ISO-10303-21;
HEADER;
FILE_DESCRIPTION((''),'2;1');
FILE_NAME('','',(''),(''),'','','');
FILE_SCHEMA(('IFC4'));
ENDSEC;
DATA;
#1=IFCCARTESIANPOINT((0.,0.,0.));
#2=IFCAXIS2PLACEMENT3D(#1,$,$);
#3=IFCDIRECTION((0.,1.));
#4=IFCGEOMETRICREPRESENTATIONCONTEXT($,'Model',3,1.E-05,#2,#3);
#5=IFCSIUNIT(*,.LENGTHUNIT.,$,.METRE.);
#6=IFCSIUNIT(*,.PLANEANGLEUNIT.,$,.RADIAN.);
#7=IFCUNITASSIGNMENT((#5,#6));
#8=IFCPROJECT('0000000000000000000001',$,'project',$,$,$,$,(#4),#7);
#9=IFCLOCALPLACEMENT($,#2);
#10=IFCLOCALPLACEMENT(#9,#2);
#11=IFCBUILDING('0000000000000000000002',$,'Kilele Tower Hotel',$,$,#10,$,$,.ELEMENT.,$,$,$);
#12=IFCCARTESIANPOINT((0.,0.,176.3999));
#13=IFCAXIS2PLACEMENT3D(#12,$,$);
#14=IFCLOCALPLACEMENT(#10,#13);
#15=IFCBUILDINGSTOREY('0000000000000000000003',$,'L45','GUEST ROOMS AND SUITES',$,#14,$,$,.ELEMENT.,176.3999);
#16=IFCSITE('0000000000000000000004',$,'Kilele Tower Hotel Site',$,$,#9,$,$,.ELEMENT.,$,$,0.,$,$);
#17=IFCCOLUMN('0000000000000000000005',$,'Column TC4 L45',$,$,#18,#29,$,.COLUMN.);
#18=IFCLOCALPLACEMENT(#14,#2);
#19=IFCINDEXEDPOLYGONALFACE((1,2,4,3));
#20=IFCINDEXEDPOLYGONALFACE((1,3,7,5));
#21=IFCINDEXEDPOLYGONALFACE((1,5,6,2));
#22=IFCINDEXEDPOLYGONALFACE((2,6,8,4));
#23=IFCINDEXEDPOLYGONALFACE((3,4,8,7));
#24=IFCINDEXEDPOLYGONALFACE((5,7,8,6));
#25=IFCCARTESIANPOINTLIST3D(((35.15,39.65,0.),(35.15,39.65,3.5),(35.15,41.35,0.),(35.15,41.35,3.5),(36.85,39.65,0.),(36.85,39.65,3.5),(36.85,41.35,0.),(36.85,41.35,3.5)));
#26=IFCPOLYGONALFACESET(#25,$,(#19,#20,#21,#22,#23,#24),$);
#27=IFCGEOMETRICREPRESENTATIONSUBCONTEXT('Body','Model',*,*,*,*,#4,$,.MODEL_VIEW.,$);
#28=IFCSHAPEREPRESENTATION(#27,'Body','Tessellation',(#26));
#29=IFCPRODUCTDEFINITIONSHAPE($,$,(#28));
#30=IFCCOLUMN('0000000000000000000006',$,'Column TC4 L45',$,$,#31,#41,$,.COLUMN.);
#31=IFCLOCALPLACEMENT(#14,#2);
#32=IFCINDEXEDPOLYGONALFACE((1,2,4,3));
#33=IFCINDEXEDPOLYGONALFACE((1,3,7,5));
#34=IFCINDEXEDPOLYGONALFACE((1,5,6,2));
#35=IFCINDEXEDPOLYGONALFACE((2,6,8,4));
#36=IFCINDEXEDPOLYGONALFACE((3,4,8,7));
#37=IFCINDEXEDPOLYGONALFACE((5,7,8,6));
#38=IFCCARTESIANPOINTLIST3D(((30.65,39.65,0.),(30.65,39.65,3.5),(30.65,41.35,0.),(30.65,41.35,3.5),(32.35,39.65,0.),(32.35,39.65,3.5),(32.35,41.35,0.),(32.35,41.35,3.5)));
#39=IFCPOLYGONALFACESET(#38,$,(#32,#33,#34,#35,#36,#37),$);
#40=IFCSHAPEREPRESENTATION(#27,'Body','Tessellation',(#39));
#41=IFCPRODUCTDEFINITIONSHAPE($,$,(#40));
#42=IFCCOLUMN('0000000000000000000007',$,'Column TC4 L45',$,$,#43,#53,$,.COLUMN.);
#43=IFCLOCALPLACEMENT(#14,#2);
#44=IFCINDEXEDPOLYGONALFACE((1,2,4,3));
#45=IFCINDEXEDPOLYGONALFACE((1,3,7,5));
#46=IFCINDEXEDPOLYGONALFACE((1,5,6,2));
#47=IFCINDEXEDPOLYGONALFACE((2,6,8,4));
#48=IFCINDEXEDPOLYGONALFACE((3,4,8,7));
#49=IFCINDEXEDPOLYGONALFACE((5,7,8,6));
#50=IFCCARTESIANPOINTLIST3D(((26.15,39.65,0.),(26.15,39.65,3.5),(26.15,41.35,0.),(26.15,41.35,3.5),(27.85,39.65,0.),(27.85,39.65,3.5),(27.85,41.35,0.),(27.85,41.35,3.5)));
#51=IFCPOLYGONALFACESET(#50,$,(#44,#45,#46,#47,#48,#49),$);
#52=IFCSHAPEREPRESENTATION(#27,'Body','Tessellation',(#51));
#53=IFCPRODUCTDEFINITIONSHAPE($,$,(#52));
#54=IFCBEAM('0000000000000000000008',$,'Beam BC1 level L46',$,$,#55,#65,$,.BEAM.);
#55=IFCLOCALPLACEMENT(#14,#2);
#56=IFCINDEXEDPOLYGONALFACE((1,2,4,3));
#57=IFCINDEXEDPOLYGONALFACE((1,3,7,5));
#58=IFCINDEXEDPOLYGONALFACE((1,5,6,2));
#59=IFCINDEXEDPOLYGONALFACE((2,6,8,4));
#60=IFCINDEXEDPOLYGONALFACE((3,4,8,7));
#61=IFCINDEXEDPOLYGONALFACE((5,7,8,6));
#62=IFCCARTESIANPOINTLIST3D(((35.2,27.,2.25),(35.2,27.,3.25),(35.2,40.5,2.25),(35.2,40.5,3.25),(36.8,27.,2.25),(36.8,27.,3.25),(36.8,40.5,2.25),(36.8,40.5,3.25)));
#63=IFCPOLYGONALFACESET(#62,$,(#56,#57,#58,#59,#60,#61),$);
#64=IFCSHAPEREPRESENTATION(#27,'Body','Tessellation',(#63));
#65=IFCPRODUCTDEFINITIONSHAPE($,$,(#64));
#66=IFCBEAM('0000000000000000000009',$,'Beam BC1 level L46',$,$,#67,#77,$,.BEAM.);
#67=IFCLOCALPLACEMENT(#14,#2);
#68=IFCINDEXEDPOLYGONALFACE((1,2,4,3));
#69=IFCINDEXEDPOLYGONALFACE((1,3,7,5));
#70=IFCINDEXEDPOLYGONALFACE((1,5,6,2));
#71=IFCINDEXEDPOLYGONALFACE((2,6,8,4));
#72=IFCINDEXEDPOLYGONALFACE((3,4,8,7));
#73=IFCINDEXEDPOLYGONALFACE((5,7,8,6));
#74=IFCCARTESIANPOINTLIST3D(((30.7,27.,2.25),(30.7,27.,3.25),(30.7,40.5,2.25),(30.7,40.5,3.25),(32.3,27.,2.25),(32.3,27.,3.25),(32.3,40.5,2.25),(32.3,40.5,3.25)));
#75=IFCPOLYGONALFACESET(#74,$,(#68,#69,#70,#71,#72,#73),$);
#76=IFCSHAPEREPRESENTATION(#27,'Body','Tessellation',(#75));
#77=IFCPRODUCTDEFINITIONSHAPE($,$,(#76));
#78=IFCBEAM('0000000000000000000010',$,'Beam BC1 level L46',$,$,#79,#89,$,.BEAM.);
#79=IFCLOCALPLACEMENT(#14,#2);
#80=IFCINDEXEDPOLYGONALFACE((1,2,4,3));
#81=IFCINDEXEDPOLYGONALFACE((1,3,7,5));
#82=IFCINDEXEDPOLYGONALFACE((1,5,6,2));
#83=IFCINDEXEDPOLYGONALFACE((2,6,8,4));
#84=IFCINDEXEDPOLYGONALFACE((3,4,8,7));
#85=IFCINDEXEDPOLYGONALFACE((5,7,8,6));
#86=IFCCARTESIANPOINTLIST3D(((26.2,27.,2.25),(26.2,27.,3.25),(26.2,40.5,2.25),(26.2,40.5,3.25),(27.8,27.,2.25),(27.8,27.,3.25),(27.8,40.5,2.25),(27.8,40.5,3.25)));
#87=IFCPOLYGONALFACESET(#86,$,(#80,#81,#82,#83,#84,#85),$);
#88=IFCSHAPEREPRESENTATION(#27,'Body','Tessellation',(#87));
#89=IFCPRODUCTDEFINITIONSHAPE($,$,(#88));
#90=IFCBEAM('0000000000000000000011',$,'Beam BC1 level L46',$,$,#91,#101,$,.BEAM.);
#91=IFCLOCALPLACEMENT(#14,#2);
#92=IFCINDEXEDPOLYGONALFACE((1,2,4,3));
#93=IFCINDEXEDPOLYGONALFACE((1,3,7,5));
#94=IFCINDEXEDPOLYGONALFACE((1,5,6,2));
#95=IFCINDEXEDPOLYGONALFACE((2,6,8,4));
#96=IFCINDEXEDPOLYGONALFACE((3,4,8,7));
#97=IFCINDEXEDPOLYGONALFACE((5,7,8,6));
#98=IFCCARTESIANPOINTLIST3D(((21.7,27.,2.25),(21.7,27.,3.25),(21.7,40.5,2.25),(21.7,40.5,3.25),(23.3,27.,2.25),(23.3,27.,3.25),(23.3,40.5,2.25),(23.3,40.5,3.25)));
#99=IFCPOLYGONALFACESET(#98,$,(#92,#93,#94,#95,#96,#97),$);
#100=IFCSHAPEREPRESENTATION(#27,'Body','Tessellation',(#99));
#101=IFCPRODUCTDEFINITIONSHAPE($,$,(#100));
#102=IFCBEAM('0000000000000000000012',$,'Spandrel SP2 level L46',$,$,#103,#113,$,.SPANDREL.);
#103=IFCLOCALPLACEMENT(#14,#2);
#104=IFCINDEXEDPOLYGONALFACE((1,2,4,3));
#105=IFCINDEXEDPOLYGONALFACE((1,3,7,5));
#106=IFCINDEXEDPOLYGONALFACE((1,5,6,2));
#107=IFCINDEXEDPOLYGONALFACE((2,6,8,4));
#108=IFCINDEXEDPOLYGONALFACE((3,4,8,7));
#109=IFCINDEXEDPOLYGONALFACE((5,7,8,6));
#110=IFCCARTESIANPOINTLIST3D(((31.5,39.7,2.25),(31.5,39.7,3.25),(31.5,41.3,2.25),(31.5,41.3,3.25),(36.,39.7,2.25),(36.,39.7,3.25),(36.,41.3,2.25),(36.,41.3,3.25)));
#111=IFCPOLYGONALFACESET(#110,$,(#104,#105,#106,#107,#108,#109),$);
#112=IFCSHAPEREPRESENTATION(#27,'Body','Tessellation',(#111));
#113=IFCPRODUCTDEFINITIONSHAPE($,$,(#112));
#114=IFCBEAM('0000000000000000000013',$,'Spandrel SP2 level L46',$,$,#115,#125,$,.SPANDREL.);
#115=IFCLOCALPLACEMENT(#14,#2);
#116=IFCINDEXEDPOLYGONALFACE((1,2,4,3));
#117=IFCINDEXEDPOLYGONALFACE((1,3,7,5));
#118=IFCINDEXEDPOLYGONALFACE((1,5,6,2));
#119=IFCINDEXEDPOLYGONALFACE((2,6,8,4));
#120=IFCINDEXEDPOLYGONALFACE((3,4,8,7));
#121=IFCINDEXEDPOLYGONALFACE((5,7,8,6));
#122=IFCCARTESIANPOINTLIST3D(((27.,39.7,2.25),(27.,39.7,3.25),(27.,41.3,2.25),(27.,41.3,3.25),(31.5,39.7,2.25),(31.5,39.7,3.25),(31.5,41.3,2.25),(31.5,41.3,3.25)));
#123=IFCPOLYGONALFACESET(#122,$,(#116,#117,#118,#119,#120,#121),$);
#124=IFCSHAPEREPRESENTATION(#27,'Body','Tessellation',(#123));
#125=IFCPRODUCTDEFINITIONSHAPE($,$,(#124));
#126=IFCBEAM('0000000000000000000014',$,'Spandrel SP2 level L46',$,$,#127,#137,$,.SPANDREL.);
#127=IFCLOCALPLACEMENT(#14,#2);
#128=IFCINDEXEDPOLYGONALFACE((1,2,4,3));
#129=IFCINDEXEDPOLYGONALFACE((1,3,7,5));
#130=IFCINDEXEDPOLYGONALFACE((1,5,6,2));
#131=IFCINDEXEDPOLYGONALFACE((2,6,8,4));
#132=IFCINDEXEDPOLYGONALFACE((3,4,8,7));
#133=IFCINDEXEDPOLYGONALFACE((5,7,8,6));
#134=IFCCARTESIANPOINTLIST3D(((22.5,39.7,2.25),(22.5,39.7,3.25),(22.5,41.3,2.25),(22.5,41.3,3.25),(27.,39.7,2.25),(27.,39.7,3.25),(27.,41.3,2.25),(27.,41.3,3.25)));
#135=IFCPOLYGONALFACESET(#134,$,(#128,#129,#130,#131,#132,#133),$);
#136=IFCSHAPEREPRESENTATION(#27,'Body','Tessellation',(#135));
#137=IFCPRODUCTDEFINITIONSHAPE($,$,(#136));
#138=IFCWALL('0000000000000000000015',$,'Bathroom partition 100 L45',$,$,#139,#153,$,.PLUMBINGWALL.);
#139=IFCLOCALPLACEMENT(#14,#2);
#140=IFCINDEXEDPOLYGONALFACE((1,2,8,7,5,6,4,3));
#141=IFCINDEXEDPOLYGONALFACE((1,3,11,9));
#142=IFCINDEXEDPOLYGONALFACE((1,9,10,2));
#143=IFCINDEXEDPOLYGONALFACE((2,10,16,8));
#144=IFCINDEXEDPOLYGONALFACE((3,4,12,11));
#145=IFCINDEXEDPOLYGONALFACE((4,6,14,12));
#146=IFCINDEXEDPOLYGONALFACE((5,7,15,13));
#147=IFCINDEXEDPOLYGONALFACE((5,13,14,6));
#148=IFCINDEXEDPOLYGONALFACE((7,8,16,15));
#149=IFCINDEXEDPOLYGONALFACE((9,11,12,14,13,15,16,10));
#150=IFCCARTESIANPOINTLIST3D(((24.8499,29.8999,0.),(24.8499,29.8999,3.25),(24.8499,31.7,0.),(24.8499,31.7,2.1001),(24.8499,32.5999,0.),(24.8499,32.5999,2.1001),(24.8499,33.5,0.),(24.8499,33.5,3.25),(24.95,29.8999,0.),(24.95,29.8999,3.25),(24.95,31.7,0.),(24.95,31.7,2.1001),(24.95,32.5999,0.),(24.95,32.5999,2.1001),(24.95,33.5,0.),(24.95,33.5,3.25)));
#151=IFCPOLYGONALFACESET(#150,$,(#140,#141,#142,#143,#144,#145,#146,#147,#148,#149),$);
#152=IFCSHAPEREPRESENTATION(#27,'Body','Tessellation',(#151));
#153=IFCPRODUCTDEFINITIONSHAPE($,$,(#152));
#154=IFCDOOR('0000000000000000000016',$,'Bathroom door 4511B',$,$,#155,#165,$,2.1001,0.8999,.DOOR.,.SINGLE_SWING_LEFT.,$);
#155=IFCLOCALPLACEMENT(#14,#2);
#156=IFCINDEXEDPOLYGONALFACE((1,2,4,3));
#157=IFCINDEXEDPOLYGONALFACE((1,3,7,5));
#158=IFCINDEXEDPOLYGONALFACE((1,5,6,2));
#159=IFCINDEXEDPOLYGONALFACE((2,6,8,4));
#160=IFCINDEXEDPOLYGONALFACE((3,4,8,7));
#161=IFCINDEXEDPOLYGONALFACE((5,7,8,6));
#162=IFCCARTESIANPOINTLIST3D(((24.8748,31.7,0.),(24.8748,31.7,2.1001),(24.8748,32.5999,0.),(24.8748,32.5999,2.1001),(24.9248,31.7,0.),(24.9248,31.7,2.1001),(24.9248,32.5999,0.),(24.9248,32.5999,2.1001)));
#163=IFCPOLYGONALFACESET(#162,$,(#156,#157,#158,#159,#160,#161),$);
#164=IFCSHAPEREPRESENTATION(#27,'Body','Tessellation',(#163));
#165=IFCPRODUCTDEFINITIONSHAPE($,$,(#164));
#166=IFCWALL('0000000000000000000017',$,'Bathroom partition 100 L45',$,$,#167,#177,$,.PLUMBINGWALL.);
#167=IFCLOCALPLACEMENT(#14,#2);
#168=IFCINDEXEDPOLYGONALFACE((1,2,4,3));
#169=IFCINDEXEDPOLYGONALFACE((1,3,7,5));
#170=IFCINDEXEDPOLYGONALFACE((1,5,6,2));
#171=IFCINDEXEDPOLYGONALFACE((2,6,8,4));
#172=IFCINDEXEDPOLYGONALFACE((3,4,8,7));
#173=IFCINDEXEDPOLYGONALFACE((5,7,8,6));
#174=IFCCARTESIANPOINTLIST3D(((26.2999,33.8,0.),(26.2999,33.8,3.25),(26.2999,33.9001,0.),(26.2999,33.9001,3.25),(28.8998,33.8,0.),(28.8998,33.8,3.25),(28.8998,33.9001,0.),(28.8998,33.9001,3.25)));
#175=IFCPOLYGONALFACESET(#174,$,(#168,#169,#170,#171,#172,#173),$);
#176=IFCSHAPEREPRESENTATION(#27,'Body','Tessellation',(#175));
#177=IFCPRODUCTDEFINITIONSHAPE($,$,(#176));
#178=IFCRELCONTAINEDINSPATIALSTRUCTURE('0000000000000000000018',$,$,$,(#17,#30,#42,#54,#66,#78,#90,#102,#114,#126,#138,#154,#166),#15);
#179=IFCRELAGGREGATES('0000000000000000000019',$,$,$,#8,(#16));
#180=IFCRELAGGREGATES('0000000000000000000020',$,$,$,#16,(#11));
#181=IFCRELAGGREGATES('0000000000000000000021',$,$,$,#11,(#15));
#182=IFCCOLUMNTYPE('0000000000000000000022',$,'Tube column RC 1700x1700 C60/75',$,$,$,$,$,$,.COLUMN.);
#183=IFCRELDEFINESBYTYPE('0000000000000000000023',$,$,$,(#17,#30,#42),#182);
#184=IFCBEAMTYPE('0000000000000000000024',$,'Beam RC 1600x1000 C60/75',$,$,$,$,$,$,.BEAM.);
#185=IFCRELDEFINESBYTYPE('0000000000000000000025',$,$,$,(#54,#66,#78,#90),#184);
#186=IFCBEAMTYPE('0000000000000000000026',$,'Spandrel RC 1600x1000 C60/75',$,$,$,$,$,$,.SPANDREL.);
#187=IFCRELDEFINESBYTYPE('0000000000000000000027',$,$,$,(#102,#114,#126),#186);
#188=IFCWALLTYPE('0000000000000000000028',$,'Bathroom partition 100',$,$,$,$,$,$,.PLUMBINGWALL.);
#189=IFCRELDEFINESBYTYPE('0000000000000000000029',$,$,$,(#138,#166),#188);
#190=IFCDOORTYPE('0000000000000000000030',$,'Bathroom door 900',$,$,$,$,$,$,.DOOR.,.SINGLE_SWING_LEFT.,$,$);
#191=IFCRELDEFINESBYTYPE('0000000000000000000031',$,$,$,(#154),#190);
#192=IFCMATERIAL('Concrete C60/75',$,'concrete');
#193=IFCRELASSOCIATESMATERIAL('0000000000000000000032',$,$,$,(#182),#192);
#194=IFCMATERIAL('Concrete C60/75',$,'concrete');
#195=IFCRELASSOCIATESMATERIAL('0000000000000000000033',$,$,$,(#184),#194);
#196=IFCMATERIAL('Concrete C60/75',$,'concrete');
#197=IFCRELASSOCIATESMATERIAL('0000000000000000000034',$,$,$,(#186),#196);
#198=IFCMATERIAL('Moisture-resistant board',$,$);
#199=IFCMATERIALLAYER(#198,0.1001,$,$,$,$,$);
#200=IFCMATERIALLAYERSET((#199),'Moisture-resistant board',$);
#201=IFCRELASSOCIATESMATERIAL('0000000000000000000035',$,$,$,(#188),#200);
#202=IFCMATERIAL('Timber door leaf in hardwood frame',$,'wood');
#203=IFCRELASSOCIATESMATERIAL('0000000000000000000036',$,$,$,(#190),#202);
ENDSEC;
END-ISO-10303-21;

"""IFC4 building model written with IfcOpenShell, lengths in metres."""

from ifc_helpers import new_model, si_unit, direction, frame, frame_2d, origin, origin_2d, place, context, subcontext, project, spatial, rectangle, extrude, material, layer, layer_set, material_profile, profile_set, type_object, element, fill, save


model = new_model("IFC4")

# Units and contexts
model_context = context("Model", 3, precision=1e-05, world=origin(), true_north=direction((0.0, 1.0)))
body_context = subcontext(model_context, "Body", "Model", "MODEL_VIEW")
ifc_project = project(units=[si_unit("LENGTHUNIT", "METRE"), si_unit("PLANEANGLEUNIT", "RADIAN")], contexts=[model_context])

# Site, building, storey
site_placement = place(None, origin())
site = spatial("IfcSite", under=ifc_project, at=site_placement, Name="Kilele Tower Hotel Site", CompositionType="ELEMENT", RefElevation=0.0)
building_placement = place(site_placement, origin())
building = spatial("IfcBuilding", under=site, at=building_placement, Name="Kilele Tower Hotel", CompositionType="ELEMENT")
storey_placement = place(building_placement, frame((0.0, 0.0, 176.3999)))
storey = spatial("IfcBuildingStorey", under=building, at=storey_placement, Name="L45", Description="GUEST ROOMS AND SUITES", CompositionType="ELEMENT", Elevation=176.3999)

# Columns
ifc_material_1 = material(Name="Concrete C60/75", Category="concrete")
ifc_material_profile_1 = material_profile(ifc_material_1, rectangle(XDim=1.7, YDim=1.7, at=origin_2d()))
ifc_profile_set_1 = profile_set([ifc_material_profile_1], Name="Concrete C60/75")
column_type = type_object("IfcColumnType", Name="Tube column RC 1700x1700 C60/75", PredefinedType="COLUMN", material=ifc_profile_set_1)
for number, where, z_axis, x_axis, name in (
    (1, (36.0, 40.5, 0.0), (0.0, 0.0, 1.0), (1.0, 0.0, 0.0), "Column TC4 L45"),
    (2, (31.5, 40.5, 0.0), (0.0, 0.0, 1.0), (1.0, 0.0, 0.0), "Column TC4 L45"),
    (3, (27.0, 40.5, 0.0), (0.0, 0.0, 1.0), (1.0, 0.0, 0.0), "Column TC4 L45"),
):
    element("IfcColumn", number, at=place(storey_placement, frame(where, z_axis=z_axis, x_axis=x_axis)), inside=storey, type_object=column_type, Name=name, PredefinedType="COLUMN", context=body_context, shape_type="SweptSolid", body=[
        extrude(rectangle(XDim=1.7, YDim=1.7, at=origin_2d()), origin(), (0.0, 0.0, 1.0), 3.5),
    ])

# Beams
ifc_material_2 = material(Name="Concrete C60/75", Category="concrete")
ifc_material_profile_2 = material_profile(ifc_material_2, rectangle(XDim=1.6001, YDim=1.0, at=origin_2d()))
ifc_profile_set_2 = profile_set([ifc_material_profile_2], Name="Concrete C60/75")
beam_type_1 = type_object("IfcBeamType", Name="Beam RC 1600x1000 C60/75", PredefinedType="BEAM", material=ifc_profile_set_2)
for number, where, z_axis, x_axis, name in (
    (4, (36.0, 40.5, 2.75), (0.0, -1.0, 0.0), (1.0, 0.0, 0.0), "Beam BC1 level L46"),
    (5, (31.5, 40.5, 2.75), (0.0, -1.0, 0.0), (1.0, 0.0, 0.0), "Beam BC1 level L46"),
    (6, (27.0, 40.5, 2.75), (0.0, -1.0, 0.0), (1.0, 0.0, 0.0), "Beam BC1 level L46"),
    (7, (22.5, 40.5, 2.75), (0.0, -1.0, 0.0), (1.0, 0.0, 0.0), "Beam BC1 level L46"),
):
    element("IfcBeam", number, at=place(storey_placement, frame(where, z_axis=z_axis, x_axis=x_axis)), inside=storey, type_object=beam_type_1, Name=name, PredefinedType="BEAM", context=body_context, shape_type="SweptSolid", body=[
        extrude(rectangle(XDim=1.6001, YDim=1.0, at=origin_2d()), origin(), (0.0, 0.0, 1.0), 13.5),
    ])
ifc_material_3 = material(Name="Concrete C60/75", Category="concrete")
ifc_material_profile_3 = material_profile(ifc_material_3, rectangle(XDim=1.6001, YDim=1.0, at=origin_2d()))
ifc_profile_set_3 = profile_set([ifc_material_profile_3], Name="Concrete C60/75")
beam_type_2 = type_object("IfcBeamType", Name="Spandrel RC 1600x1000 C60/75", PredefinedType="SPANDREL", material=ifc_profile_set_3)
for number, where, z_axis, x_axis, name in (
    (8, (36.0, 40.5, 2.75), (-1.0, 0.0, 0.0), (0.0, -1.0, 0.0), "Spandrel SP2 level L46"),
    (9, (31.5, 40.5, 2.75), (-1.0, 0.0, 0.0), (0.0, -1.0, 0.0), "Spandrel SP2 level L46"),
    (10, (27.0, 40.5, 2.75), (-1.0, 0.0, 0.0), (0.0, -1.0, 0.0), "Spandrel SP2 level L46"),
):
    element("IfcBeam", number, at=place(storey_placement, frame(where, z_axis=z_axis, x_axis=x_axis)), inside=storey, type_object=beam_type_2, Name=name, PredefinedType="SPANDREL", context=body_context, shape_type="SweptSolid", body=[
        extrude(rectangle(XDim=1.6001, YDim=1.0, at=origin_2d()), origin(), (0.0, 0.0, 1.0), 4.5),
    ])

# Wall, opening, door
ifc_material_4 = material(Name="Moisture-resistant board")
ifc_layer_1 = layer(ifc_material_4, 0.1001)
ifc_layer_set_1 = layer_set([ifc_layer_1], Name="Moisture-resistant board")
wall_type_1 = type_object("IfcWallType", Name="Bathroom partition 100", PredefinedType="PLUMBINGWALL", material=ifc_layer_set_1)
wall_1_placement = place(storey_placement, frame((24.8999, 29.8999, 0.0), z_axis=(0.0, 0.0, 1.0), x_axis=(0.0, 1.0, 0.0)))
wall_1 = element("IfcWall", 11, at=wall_1_placement, inside=storey, type_object=wall_type_1, Name="Bathroom partition 100 L45", PredefinedType="PLUMBINGWALL", context=body_context, shape_type="SweptSolid", body=[
    extrude(rectangle(XDim=3.6001, YDim=0.1001, at=frame_2d((1.8, 0.0))), origin(), (0.0, 0.0, 1.0), 3.25),
])
opening_1_placement = place(wall_1_placement, frame((2.7, 0.0, 0.0), z_axis=(0.0, 0.0, 1.0), x_axis=(-1.0, 0.0, 0.0)))
opening_1 = element("IfcOpeningElement", 12, at=opening_1_placement, cuts=wall_1, PredefinedType="OPENING", context=body_context, shape_type="SweptSolid", body=[
    extrude(rectangle(XDim=0.8999, YDim=2.1001, at=frame_2d((0.45, 1.05))), frame((0.0, 0.0601, 0.0), z_axis=(0.0, -1.0, 0.0), x_axis=(1.0, 0.0, 0.0)), (0.0, 0.0, 1.0), 0.1201),
])
ifc_material_5 = material(Name="Timber door leaf in hardwood frame", Category="wood")
door_type_1 = type_object("IfcDoorType", Name="Bathroom door 900", OperationType="SINGLE_SWING_LEFT", PredefinedType="DOOR", material=ifc_material_5)
door_1_placement = place(opening_1_placement, origin())
door_1 = element("IfcDoor", 13, at=door_1_placement, inside=storey, type_object=door_type_1, Name="Bathroom door 4511B", OperationType="SINGLE_SWING_LEFT", OverallHeight=2.1001, OverallWidth=0.8999, PredefinedType="DOOR", context=body_context, shape_type="SweptSolid", body=[
    extrude(rectangle(XDim=0.8999, YDim=2.1001, at=frame_2d((0.45, 1.05))), frame((0.0, 0.0249, 0.0), z_axis=(0.0, -1.0, 0.0), x_axis=(1.0, 0.0, 0.0)), (0.0, 0.0, 1.0), 0.05),
])
fill(opening_1, door_1)

# Wall
wall_2_placement = place(storey_placement, frame((26.3, 33.8501, 0.0), z_axis=(0.0, 0.0, 1.0), x_axis=(1.0, 0.0, 0.0)))
element("IfcWall", 14, at=wall_2_placement, inside=storey, type_object=wall_type_1, Name="Bathroom partition 100 L45", PredefinedType="PLUMBINGWALL", context=body_context, shape_type="SweptSolid", body=[
    extrude(rectangle(XDim=2.5999, YDim=0.1001, at=frame_2d((1.2998, 0.0))), origin(), (0.0, 0.0, 1.0), 3.25),
])

save(model, "model.ifc")
